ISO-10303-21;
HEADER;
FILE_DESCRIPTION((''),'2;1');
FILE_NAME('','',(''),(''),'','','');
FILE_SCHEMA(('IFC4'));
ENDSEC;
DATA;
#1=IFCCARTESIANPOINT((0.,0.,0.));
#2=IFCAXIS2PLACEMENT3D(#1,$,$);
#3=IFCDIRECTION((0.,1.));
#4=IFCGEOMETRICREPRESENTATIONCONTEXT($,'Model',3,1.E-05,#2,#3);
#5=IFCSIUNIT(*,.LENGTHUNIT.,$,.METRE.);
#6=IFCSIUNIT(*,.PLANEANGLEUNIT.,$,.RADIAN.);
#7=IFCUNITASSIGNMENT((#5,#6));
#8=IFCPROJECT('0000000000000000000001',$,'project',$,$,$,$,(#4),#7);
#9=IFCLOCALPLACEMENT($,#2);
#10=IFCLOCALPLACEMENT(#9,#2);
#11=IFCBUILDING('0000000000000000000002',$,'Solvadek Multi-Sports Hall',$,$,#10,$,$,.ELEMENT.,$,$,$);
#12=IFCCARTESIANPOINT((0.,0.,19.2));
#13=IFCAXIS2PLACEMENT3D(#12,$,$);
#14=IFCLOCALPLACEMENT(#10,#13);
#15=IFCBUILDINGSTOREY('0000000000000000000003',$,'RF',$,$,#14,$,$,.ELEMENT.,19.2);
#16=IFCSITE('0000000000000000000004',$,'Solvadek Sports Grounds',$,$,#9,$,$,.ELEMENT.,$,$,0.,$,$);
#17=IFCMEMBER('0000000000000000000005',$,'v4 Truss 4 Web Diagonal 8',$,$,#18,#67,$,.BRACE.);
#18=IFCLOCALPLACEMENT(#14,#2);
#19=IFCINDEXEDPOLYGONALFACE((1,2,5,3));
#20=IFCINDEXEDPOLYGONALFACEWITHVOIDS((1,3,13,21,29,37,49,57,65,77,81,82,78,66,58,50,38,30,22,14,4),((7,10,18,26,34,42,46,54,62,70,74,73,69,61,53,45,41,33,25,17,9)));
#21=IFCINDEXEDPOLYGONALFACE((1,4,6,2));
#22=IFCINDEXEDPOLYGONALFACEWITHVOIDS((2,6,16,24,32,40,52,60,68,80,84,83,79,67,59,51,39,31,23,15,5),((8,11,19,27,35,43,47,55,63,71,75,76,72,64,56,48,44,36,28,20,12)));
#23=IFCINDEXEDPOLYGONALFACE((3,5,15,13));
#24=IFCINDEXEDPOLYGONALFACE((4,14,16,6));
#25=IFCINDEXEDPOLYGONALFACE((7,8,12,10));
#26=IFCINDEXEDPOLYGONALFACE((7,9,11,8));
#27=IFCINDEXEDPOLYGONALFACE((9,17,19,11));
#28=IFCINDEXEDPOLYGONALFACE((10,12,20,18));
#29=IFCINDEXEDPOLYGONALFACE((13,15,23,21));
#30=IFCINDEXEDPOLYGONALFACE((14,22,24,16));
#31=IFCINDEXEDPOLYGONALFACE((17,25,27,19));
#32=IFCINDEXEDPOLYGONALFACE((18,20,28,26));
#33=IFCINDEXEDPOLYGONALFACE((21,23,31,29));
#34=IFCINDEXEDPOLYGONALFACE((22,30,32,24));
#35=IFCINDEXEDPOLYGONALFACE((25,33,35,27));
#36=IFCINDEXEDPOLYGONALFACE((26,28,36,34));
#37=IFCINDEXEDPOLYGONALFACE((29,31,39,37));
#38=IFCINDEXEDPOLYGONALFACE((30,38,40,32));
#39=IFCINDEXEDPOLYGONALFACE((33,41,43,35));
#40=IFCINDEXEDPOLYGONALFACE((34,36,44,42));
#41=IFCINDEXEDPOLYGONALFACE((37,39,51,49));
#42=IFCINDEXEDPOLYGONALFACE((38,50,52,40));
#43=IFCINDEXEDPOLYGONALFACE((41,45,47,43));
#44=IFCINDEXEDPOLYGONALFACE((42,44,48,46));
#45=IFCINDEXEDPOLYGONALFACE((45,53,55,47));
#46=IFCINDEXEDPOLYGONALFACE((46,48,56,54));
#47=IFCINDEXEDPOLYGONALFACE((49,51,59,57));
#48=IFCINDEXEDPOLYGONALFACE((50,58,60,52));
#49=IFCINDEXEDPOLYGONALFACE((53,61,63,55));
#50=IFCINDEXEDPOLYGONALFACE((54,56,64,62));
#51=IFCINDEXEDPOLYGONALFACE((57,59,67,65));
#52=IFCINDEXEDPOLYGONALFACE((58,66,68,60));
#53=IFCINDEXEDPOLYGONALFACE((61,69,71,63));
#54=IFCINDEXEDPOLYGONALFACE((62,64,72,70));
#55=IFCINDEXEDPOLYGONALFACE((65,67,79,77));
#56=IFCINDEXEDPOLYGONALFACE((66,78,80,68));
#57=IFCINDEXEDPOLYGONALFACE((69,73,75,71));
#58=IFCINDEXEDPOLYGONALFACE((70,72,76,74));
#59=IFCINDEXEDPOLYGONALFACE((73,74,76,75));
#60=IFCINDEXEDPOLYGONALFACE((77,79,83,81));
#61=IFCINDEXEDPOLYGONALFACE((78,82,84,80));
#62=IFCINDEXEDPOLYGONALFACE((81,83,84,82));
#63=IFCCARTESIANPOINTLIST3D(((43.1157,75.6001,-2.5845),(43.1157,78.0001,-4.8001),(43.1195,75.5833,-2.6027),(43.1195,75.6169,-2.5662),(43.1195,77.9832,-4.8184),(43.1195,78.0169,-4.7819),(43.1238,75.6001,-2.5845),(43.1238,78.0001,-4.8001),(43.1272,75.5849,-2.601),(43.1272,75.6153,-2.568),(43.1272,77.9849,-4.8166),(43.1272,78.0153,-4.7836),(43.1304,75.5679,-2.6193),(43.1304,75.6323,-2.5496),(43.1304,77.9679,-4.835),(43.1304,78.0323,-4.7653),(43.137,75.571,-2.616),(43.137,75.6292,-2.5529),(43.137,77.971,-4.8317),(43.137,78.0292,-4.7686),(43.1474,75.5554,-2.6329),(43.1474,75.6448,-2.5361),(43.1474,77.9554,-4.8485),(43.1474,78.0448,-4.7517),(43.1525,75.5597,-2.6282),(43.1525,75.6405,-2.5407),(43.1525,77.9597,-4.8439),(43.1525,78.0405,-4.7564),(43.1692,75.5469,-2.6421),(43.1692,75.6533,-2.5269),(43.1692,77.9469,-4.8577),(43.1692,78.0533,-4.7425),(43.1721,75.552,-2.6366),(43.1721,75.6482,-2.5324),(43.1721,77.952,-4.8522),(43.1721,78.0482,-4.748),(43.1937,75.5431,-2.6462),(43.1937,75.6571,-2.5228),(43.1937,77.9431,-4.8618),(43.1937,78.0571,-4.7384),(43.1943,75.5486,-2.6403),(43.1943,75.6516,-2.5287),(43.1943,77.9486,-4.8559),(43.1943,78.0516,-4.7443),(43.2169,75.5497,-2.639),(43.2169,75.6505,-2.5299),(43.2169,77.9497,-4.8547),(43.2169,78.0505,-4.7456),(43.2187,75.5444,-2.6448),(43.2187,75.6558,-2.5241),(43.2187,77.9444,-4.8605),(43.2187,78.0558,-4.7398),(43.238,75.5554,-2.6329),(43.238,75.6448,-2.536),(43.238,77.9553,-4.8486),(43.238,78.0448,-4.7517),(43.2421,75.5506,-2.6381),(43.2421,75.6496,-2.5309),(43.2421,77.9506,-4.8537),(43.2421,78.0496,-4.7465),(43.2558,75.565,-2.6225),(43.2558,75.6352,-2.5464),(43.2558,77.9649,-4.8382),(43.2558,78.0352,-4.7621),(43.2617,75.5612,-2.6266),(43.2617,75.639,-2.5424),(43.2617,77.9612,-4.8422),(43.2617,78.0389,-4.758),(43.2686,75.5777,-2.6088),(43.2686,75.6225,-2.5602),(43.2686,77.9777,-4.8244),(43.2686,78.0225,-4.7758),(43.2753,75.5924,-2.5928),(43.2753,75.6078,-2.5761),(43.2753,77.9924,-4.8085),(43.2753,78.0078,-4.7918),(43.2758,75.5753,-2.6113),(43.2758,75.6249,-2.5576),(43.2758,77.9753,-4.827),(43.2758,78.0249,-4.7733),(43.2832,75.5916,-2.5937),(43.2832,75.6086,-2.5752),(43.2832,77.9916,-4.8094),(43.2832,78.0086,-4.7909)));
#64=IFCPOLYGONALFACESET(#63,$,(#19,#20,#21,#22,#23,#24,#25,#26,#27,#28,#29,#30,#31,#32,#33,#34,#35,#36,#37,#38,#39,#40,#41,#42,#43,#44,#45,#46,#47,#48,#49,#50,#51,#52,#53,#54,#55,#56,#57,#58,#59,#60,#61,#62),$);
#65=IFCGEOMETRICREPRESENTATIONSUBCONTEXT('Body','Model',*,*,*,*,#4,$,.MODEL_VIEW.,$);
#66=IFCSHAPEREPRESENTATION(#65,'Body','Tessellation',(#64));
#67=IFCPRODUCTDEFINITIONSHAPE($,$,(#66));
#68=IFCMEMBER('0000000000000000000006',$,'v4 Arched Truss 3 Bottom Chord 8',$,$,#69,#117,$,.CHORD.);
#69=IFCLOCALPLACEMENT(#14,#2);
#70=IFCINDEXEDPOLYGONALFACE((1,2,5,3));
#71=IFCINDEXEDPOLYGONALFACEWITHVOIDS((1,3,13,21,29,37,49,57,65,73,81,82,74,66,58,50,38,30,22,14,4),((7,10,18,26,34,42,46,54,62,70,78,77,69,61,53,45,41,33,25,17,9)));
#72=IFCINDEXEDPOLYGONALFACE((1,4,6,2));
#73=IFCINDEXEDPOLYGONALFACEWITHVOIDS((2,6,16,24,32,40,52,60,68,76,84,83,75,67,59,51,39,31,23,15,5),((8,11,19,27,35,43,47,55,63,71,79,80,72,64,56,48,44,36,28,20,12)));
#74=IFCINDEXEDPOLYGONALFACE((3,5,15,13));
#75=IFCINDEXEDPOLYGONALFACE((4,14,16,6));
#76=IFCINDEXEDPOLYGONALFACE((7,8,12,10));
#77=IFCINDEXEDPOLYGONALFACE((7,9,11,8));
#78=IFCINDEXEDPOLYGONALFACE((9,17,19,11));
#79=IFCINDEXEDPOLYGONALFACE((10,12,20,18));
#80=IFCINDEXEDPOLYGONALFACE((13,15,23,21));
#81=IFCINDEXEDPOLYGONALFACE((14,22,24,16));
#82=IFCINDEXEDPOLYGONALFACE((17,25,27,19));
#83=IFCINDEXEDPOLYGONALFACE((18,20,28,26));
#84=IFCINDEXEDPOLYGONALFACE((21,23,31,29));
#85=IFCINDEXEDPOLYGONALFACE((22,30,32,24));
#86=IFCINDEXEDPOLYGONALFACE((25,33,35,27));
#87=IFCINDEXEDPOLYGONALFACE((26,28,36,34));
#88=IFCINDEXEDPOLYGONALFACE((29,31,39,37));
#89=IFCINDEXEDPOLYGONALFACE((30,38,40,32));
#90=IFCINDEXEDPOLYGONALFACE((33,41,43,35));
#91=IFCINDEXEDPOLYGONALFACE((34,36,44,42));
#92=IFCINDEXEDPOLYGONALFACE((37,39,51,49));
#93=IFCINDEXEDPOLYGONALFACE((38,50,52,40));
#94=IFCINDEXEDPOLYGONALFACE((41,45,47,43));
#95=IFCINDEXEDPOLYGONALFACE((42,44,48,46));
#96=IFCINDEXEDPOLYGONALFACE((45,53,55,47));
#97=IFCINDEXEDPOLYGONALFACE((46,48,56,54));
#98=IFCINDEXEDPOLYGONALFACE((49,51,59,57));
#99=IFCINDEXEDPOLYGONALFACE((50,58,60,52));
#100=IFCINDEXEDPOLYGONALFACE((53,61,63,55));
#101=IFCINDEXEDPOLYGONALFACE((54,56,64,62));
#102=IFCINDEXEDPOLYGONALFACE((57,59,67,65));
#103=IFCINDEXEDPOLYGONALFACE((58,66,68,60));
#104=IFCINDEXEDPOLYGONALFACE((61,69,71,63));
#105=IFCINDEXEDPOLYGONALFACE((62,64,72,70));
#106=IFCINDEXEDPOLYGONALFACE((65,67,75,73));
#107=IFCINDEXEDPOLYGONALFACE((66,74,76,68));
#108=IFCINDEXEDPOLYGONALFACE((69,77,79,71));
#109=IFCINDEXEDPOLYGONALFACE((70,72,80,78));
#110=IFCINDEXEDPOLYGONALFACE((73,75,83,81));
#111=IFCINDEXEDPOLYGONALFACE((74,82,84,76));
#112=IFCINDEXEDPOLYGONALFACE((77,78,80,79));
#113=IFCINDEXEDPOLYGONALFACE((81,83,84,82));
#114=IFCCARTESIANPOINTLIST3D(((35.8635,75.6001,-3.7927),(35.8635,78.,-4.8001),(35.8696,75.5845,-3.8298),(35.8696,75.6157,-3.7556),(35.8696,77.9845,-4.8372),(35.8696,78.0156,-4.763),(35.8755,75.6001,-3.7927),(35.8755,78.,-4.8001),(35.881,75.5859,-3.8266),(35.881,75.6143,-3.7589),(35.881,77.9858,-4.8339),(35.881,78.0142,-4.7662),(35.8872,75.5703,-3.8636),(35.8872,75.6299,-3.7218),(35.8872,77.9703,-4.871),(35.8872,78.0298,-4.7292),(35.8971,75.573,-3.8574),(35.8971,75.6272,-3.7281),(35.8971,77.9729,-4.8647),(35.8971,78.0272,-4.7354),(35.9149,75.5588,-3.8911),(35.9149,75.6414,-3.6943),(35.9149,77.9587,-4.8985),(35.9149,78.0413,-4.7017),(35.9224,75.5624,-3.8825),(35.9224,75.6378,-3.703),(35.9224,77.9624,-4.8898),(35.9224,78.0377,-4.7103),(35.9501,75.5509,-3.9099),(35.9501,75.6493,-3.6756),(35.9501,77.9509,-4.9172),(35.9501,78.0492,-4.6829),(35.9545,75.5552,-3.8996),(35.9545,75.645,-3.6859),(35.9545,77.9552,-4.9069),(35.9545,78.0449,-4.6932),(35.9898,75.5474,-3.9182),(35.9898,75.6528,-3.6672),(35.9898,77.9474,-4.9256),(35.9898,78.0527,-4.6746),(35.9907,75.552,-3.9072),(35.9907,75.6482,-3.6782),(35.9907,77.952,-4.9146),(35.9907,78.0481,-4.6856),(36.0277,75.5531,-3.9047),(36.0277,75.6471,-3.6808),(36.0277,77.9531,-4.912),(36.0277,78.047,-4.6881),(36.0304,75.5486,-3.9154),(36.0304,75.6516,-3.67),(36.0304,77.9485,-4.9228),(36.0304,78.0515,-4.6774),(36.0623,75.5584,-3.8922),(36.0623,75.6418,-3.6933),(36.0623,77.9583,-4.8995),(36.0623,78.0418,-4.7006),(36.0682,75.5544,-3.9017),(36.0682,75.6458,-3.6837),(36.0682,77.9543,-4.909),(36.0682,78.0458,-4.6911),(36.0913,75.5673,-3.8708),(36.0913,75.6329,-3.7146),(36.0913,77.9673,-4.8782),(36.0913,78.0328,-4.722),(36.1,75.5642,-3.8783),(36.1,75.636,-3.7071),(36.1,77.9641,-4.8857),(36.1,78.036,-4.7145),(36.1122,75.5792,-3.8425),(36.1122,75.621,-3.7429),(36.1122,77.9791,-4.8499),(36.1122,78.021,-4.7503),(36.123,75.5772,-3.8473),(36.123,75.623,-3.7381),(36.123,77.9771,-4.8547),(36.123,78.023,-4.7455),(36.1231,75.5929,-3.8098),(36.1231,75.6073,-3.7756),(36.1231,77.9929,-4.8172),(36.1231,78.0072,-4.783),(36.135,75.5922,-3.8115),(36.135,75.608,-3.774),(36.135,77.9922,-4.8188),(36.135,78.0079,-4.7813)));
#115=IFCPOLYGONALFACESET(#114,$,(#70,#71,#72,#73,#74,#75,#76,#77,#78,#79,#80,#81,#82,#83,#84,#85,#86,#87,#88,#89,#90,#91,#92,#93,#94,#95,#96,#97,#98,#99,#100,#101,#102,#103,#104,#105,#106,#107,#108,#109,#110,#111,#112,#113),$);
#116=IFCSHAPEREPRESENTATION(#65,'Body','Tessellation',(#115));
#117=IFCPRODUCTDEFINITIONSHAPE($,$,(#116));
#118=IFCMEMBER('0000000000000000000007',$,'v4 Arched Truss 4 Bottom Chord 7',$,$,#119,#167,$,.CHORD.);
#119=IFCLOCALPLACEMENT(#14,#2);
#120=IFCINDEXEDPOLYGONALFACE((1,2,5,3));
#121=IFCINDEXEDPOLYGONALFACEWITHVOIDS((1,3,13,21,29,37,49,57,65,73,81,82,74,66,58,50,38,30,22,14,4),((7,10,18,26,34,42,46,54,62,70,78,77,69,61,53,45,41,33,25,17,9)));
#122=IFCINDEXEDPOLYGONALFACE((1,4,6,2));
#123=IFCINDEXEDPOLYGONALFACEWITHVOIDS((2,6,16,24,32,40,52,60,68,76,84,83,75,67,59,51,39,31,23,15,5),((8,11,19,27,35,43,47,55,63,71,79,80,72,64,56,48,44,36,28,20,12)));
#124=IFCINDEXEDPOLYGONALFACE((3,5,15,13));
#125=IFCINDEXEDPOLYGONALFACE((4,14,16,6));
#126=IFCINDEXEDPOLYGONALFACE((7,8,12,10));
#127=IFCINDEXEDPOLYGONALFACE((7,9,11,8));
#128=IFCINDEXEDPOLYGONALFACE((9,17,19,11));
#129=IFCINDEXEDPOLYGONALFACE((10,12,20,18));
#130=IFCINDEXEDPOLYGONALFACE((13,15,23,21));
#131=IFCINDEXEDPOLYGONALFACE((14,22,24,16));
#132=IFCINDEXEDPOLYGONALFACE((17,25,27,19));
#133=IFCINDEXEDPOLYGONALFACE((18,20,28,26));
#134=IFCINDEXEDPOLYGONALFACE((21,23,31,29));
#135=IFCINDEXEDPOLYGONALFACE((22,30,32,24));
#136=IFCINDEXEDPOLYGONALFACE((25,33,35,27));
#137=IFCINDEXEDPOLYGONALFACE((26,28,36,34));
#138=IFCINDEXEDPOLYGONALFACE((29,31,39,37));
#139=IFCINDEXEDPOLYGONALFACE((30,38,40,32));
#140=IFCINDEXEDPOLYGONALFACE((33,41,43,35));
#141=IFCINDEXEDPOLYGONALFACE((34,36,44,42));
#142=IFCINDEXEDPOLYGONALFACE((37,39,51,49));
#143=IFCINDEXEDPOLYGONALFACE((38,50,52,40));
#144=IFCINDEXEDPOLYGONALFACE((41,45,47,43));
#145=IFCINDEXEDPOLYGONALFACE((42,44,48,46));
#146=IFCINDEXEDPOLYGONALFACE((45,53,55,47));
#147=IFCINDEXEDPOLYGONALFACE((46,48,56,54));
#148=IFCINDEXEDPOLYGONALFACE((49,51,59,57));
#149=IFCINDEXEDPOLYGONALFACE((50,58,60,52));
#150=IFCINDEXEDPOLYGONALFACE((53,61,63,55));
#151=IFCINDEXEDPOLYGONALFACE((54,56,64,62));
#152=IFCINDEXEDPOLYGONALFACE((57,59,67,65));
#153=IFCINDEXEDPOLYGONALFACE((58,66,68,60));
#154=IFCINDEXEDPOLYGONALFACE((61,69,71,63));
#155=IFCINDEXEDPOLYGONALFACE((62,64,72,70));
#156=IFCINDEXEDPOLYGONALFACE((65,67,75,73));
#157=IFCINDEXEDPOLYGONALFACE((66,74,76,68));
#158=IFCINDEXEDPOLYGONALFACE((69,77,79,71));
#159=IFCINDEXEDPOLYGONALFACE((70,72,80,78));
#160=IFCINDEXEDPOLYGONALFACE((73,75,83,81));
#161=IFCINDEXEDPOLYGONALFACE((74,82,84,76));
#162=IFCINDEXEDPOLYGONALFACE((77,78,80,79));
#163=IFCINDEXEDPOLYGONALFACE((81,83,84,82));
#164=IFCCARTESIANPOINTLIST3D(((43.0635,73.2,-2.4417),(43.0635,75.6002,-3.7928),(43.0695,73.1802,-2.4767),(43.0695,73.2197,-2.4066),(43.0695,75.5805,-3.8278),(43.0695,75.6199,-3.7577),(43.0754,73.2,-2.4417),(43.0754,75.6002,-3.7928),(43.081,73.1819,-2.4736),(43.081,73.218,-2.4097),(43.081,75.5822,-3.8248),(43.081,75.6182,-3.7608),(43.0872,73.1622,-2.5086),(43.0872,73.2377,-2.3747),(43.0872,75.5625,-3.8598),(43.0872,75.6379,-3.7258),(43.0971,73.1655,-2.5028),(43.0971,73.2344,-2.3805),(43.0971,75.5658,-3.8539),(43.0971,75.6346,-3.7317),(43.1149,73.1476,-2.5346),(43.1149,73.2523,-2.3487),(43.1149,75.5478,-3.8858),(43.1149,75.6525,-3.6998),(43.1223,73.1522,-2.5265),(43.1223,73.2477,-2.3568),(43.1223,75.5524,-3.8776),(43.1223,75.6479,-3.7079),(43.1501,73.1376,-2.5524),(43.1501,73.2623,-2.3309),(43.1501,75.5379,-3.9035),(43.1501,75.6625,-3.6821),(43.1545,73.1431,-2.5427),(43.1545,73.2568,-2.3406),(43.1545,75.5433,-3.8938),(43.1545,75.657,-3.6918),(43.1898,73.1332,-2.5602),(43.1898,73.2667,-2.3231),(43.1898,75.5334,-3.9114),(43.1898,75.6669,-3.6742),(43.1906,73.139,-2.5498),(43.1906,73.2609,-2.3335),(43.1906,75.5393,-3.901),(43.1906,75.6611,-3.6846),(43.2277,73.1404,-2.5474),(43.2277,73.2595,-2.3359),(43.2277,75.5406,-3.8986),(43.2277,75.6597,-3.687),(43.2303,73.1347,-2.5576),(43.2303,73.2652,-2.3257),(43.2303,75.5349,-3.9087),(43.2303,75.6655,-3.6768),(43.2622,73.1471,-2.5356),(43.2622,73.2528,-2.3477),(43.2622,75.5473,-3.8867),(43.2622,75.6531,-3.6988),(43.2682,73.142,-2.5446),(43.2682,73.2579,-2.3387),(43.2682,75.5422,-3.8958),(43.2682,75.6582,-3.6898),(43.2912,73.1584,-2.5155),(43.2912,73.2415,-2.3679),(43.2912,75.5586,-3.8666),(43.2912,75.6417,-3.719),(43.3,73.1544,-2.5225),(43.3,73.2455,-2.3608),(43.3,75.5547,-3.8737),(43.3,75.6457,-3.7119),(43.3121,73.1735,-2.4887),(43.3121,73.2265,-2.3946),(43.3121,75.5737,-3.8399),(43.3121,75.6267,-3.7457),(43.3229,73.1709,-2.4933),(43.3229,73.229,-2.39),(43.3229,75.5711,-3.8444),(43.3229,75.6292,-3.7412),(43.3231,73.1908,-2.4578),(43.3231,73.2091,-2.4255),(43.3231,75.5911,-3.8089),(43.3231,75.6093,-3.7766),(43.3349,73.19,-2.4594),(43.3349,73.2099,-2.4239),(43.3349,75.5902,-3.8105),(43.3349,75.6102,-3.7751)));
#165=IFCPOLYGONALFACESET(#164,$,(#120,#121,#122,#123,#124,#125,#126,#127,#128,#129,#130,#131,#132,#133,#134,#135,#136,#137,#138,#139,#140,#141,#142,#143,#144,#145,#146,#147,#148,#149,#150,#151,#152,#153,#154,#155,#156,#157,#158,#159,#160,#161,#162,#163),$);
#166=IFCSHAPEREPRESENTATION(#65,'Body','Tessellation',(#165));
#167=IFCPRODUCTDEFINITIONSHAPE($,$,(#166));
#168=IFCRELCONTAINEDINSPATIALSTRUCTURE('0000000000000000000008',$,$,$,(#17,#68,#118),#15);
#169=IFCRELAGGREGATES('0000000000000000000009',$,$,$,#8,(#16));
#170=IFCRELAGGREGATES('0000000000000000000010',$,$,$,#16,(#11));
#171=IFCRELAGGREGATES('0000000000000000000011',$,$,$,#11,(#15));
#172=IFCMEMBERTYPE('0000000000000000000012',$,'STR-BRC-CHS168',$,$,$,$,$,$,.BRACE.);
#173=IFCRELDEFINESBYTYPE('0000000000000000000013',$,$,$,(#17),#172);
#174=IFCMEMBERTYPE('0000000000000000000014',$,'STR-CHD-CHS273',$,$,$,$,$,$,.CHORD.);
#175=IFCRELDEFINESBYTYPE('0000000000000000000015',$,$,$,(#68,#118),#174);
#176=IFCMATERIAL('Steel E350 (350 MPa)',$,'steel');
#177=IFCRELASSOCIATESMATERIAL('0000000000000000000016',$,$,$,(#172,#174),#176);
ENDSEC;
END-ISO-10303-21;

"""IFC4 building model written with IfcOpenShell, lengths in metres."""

from ifc_helpers import new_model, si_unit, direction, frame, origin, origin_2d, place, context, subcontext, project, spatial, hollow_circle, extrude, material, material_profile, profile_set, type_object, element, save


model = new_model("IFC4")

# Units and contexts
model_context = context("Model", 3, precision=1e-05, world=origin(), true_north=direction((0.0, 1.0)))
body_context = subcontext(model_context, "Body", "Model", "MODEL_VIEW")
ifc_project = project(units=[si_unit("LENGTHUNIT", "METRE"), si_unit("PLANEANGLEUNIT", "RADIAN")], contexts=[model_context])

# Site, building, storey
site_placement = place(None, origin())
site = spatial("IfcSite", under=ifc_project, at=site_placement, Name="Solvadek Sports Grounds", CompositionType="ELEMENT", RefElevation=0.0)
building_placement = place(site_placement, origin())
building = spatial("IfcBuilding", under=site, at=building_placement, Name="Solvadek Multi-Sports Hall", CompositionType="ELEMENT")
storey_placement = place(building_placement, frame((0.0, 0.0, 19.2)))
storey = spatial("IfcBuildingStorey", under=building, at=storey_placement, Name="RF", CompositionType="ELEMENT", Elevation=19.2)

# Shared definitions
ifc_material_1 = material(Name="Steel E350 (350 MPa)", Category="steel")

# Members
ifc_material_profile_1 = material_profile(ifc_material_1, hollow_circle(Radius=0.0842, WallThickness=0.0081, at=origin_2d()), Name="CHS 168.3x8")
ifc_profile_set_1 = profile_set([ifc_material_profile_1], Name="Steel E350 (350 MPa)")
member_type_1 = type_object("IfcMemberType", Name="STR-BRC-CHS168", PredefinedType="BRACE", material=ifc_profile_set_1)
member_1_placement = place(storey_placement, frame((43.2, 75.6001, -2.5845), z_axis=(0.0, 0.73476, -0.678327), x_axis=(-1.0, 0.0, 0.0)))
element("IfcMember", 1, at=member_1_placement, inside=storey, type_object=member_type_1, Name="v4 Truss 4 Web Diagonal 8", PredefinedType="BRACE", context=body_context, shape_type="SweptSolid", body=[
    extrude(hollow_circle(Radius=0.0842, WallThickness=0.0081, at=origin_2d()), origin(), (0.0, 0.0, 1.0), 3.2664),
])
ifc_material_profile_2 = material_profile(ifc_material_1, hollow_circle(Radius=0.1365, WallThickness=0.012, at=origin_2d()), Name="CHS 273.0x12")
ifc_profile_set_2 = profile_set([ifc_material_profile_2], Name="Steel E350 (350 MPa)")
member_type_2 = type_object("IfcMemberType", Name="STR-CHD-CHS273", PredefinedType="CHORD", material=ifc_profile_set_2)
member_2_placement = place(storey_placement, frame((36.0, 75.6001, -3.7927), z_axis=(0.0, 0.922069, -0.387025), x_axis=(-1.0, 0.0, 0.0)))
element("IfcMember", 2, at=member_2_placement, inside=storey, type_object=member_type_2, Name="v4 Arched Truss 3 Bottom Chord 8", PredefinedType="CHORD", context=body_context, shape_type="SweptSolid", body=[
    extrude(hollow_circle(Radius=0.1365, WallThickness=0.012, at=origin_2d()), origin(), (0.0, 0.0, 1.0), 2.6028),
])
member_3_placement = place(storey_placement, frame((43.2, 73.2, -2.4417), z_axis=(0.0, 0.871422, -0.490535), x_axis=(-1.0, 0.0, 0.0)))
element("IfcMember", 3, at=member_3_placement, inside=storey, type_object=member_type_2, Name="v4 Arched Truss 4 Bottom Chord 7", PredefinedType="CHORD", context=body_context, shape_type="SweptSolid", body=[
    extrude(hollow_circle(Radius=0.1365, WallThickness=0.012, at=origin_2d()), origin(), (0.0, 0.0, 1.0), 2.7544),
])

save(model, "model.ifc")
